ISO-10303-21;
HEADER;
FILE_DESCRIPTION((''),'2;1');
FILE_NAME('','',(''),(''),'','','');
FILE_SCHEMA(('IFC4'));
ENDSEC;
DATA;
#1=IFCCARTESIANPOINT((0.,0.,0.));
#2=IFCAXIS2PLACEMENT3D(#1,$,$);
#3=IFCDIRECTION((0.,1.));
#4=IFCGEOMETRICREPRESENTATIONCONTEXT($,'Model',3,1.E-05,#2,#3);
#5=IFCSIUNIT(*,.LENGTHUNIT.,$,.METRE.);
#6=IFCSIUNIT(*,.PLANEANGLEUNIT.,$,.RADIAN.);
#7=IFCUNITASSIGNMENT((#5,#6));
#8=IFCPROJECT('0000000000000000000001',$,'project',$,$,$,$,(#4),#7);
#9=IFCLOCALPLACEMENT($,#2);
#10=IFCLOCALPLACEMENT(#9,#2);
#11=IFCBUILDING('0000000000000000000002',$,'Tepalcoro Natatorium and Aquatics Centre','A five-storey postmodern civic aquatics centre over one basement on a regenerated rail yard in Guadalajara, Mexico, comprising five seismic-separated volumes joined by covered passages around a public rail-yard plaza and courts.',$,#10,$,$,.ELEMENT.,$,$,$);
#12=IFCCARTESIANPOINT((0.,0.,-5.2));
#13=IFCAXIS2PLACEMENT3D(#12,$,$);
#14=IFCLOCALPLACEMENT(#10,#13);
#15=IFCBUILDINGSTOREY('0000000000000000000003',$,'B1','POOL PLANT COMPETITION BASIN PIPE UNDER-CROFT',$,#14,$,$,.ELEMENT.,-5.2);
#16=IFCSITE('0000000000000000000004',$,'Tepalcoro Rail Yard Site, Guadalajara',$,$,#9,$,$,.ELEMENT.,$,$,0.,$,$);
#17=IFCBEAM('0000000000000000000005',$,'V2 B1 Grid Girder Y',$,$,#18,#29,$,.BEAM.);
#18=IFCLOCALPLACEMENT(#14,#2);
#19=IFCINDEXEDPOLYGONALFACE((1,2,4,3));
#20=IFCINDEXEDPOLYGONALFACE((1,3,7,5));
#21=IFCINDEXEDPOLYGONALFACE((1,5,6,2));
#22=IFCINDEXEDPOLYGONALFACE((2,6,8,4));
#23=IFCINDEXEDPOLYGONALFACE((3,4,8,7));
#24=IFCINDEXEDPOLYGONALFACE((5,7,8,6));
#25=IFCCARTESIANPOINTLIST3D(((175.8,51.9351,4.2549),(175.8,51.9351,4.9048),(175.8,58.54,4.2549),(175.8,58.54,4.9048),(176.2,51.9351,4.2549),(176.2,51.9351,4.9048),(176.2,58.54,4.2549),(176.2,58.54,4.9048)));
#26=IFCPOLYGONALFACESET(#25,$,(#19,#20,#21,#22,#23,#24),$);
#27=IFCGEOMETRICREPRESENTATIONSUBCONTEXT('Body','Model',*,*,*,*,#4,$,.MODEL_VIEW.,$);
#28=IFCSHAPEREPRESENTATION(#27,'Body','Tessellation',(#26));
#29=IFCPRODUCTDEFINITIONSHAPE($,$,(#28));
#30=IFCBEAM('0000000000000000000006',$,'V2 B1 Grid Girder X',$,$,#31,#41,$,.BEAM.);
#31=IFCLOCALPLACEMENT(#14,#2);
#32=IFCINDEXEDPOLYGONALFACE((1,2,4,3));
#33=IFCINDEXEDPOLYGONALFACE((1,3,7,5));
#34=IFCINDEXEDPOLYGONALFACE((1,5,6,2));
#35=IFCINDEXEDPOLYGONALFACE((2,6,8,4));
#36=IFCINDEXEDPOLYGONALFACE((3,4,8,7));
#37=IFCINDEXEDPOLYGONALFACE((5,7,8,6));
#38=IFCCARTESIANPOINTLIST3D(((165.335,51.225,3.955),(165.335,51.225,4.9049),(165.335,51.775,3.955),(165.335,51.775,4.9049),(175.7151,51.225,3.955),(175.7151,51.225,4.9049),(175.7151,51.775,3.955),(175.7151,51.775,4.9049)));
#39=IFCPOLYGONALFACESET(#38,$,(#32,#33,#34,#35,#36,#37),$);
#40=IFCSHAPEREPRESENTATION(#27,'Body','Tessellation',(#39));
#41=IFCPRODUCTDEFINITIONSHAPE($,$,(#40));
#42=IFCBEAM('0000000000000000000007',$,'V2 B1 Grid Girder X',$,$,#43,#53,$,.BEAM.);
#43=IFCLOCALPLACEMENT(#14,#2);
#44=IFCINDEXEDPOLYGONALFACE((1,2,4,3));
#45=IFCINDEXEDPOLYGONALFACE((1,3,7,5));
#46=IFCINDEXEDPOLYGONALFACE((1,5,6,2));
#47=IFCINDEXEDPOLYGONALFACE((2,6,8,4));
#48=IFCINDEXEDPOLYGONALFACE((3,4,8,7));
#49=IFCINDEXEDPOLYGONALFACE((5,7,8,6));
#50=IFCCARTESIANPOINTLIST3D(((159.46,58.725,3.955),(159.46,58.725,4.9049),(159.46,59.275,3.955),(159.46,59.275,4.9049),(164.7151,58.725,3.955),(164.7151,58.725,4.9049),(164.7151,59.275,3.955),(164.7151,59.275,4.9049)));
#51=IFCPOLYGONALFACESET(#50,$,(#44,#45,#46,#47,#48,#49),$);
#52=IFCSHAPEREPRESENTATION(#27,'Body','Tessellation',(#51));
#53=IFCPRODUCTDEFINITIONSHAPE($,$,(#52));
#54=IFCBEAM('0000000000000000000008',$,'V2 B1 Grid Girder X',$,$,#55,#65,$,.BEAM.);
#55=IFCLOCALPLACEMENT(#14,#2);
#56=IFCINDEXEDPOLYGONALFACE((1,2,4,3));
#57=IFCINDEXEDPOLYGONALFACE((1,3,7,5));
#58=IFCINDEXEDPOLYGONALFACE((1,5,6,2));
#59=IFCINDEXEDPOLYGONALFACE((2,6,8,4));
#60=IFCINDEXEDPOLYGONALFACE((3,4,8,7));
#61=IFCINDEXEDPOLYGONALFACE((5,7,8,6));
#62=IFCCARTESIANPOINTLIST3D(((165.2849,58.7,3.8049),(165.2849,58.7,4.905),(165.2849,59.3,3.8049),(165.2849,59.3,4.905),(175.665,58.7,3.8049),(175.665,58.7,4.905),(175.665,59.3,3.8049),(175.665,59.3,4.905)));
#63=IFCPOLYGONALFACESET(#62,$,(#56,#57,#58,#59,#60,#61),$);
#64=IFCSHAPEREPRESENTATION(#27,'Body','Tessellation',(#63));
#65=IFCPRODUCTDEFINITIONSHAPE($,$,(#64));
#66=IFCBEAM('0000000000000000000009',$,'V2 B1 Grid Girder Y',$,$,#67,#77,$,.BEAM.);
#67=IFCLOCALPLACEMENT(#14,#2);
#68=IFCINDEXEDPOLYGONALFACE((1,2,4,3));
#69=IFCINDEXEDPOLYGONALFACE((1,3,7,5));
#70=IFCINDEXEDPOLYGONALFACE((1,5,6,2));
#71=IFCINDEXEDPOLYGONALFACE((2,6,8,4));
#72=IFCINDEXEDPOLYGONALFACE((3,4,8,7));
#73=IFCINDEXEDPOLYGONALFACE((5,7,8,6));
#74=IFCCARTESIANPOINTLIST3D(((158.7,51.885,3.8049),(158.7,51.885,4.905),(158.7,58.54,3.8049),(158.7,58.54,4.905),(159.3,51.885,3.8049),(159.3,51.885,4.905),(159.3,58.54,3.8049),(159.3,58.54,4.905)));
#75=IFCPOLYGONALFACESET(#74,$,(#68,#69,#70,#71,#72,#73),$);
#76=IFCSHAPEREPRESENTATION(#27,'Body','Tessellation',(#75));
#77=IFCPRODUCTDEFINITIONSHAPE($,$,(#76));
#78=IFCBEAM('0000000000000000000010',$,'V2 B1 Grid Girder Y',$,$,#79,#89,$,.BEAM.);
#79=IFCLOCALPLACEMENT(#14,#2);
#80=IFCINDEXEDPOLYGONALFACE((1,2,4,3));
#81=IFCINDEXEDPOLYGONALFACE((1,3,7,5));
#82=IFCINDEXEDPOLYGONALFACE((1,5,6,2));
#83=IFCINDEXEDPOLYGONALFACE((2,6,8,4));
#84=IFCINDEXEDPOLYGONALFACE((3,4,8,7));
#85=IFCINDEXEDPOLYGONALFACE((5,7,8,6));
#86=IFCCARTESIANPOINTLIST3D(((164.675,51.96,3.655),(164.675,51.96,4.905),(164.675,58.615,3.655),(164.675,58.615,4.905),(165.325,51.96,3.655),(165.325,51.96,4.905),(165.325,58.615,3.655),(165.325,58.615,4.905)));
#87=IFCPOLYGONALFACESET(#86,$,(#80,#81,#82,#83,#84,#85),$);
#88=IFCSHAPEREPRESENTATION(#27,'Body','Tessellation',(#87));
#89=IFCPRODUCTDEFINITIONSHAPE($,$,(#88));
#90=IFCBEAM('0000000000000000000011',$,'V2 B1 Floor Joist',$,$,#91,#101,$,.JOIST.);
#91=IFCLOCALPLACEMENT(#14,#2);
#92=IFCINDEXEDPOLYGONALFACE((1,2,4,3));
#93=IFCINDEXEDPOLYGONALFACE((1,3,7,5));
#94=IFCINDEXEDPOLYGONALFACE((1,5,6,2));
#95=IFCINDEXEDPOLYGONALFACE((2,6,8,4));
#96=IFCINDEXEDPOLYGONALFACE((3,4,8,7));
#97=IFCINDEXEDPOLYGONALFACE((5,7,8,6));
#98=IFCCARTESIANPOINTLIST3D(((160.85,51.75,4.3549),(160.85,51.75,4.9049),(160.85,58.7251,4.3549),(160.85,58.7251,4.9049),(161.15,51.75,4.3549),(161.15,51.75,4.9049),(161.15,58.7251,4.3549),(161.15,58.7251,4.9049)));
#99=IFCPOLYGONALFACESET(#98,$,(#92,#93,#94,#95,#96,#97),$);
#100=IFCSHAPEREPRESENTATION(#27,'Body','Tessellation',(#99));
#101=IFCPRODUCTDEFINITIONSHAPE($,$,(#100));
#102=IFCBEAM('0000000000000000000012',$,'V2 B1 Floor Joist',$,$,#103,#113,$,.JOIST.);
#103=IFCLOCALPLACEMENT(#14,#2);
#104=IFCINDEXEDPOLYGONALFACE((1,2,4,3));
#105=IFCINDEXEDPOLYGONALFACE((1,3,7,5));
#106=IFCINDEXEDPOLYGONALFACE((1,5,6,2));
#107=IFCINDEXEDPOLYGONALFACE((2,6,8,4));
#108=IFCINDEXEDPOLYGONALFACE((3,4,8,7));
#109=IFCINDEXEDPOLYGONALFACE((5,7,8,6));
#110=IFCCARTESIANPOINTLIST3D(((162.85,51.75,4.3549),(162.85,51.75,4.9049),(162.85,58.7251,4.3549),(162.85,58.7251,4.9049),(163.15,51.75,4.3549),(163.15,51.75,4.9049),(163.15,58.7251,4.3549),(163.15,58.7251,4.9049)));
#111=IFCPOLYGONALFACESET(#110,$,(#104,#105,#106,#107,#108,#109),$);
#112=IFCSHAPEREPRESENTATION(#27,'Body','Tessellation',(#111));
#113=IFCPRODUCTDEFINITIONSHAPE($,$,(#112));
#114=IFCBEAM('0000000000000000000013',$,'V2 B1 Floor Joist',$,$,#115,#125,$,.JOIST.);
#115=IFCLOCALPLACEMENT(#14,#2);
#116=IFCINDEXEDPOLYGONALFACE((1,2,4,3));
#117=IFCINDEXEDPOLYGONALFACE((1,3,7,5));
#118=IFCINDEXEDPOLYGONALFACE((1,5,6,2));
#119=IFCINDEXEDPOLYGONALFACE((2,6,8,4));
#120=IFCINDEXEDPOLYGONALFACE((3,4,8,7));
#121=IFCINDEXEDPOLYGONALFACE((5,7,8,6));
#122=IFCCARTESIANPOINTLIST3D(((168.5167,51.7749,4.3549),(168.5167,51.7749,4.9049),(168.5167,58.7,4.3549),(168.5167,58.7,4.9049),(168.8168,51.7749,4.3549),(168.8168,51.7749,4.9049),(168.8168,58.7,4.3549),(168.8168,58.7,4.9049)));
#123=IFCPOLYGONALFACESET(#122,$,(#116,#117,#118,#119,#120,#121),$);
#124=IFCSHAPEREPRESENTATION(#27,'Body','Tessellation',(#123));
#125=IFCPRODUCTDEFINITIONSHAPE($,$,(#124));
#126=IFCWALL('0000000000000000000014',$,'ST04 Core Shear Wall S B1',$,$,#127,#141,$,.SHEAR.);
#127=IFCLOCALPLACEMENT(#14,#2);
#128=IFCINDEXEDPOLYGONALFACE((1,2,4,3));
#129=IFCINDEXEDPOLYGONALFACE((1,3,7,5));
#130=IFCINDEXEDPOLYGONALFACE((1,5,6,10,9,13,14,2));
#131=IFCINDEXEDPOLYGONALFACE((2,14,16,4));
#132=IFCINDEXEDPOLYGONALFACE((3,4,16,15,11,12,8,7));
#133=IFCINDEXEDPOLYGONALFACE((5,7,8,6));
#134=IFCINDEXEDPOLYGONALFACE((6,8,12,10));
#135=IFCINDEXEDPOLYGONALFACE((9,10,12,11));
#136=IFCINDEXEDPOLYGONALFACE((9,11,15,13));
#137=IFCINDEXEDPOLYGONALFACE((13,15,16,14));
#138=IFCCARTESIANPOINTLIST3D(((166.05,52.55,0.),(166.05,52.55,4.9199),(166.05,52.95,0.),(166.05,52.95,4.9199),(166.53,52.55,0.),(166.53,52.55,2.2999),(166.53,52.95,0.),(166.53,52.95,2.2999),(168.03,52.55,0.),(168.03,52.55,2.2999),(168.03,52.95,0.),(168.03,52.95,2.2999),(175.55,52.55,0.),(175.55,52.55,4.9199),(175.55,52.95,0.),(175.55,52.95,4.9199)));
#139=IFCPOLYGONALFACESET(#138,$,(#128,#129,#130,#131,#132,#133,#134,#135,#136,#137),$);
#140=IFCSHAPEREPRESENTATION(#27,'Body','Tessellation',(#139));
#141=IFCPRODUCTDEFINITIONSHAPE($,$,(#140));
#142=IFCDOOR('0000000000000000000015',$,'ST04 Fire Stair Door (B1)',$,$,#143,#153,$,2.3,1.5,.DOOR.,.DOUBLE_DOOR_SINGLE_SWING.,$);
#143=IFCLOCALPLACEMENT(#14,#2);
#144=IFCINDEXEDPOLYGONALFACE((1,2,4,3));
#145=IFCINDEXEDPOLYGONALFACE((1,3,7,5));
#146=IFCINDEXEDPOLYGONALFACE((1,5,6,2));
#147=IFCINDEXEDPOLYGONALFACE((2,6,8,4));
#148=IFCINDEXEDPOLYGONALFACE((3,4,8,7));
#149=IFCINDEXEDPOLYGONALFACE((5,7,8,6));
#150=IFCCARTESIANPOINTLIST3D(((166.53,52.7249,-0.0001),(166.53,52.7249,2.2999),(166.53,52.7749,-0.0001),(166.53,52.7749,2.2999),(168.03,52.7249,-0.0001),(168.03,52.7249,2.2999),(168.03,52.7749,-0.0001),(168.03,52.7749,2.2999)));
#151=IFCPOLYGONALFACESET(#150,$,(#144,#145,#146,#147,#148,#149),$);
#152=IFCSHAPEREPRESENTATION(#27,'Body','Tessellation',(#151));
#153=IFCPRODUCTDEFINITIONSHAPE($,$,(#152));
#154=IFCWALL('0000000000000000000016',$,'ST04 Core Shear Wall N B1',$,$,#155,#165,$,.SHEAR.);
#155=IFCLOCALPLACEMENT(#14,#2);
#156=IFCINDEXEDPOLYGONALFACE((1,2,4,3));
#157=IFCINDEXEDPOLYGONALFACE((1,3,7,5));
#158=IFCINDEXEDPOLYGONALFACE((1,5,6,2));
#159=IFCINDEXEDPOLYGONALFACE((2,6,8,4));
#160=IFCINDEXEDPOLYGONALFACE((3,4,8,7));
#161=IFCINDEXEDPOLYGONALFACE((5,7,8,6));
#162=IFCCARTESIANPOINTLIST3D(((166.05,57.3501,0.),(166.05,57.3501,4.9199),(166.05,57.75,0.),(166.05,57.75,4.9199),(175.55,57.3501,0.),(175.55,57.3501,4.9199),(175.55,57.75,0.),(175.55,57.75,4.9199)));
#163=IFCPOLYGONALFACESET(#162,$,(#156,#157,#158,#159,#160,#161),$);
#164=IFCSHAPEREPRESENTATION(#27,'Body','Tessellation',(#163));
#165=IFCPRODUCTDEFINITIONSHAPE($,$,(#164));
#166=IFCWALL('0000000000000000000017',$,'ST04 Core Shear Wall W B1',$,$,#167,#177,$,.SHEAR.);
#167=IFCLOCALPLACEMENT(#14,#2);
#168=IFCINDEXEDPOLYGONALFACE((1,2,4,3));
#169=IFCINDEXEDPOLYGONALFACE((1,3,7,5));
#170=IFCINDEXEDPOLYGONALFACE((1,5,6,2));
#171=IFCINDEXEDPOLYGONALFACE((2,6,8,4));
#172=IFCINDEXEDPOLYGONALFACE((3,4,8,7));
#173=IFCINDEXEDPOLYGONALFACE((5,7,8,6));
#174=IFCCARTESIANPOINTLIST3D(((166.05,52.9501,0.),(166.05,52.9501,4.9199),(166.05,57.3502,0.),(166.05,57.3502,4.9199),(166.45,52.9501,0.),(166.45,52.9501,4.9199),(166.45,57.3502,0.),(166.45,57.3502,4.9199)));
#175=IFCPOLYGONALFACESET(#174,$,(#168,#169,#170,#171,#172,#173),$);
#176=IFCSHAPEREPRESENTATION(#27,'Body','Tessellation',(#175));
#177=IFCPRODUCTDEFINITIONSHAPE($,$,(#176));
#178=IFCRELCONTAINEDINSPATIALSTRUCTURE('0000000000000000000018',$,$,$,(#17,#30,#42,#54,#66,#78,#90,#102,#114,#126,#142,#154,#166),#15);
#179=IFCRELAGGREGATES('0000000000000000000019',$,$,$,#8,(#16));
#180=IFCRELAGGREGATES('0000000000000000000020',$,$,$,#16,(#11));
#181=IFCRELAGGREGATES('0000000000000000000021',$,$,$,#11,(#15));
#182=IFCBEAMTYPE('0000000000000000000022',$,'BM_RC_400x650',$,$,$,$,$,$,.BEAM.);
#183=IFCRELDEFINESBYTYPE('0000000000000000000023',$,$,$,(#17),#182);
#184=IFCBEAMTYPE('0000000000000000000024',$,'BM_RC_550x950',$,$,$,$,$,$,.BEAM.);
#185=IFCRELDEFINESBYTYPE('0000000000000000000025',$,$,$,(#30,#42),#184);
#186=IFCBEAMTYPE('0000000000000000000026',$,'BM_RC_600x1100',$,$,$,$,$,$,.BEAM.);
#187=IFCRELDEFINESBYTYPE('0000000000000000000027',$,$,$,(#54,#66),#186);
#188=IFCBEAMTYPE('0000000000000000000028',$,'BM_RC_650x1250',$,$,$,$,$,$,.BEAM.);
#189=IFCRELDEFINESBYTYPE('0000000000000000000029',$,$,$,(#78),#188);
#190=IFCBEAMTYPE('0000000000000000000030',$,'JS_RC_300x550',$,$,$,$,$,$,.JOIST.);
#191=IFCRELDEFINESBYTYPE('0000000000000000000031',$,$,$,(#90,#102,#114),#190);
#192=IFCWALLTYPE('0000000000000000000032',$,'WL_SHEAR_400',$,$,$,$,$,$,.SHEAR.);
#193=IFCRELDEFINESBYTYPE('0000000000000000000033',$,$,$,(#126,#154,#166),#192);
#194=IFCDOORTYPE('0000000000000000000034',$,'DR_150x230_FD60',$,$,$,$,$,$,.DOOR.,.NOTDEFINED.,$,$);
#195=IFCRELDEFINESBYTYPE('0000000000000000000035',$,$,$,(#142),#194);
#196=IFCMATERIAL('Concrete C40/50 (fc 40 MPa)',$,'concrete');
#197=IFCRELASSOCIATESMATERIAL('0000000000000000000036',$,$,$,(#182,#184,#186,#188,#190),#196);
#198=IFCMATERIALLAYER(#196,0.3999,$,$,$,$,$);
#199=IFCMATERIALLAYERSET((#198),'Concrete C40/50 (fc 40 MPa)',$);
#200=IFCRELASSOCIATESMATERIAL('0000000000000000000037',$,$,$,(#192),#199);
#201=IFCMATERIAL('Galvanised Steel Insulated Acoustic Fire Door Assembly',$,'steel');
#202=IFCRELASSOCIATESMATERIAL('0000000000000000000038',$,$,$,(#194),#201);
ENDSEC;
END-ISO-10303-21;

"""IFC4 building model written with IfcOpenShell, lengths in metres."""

from ifc_helpers import new_model, si_unit, direction, frame, frame_2d, origin, origin_2d, place, context, subcontext, project, spatial, rectangle, extrude, material, layer, layer_set, material_profile, profile_set, type_object, element, fill, save


model = new_model("IFC4")

# Units and contexts
model_context = context("Model", 3, precision=1e-05, world=origin(), true_north=direction((0.0, 1.0)))
body_context = subcontext(model_context, "Body", "Model", "MODEL_VIEW")
ifc_project = project(units=[si_unit("LENGTHUNIT", "METRE"), si_unit("PLANEANGLEUNIT", "RADIAN")], contexts=[model_context])

# Site, building, storey
site_placement = place(None, origin())
site = spatial("IfcSite", under=ifc_project, at=site_placement, Name="Tepalcoro Rail Yard Site, Guadalajara", CompositionType="ELEMENT", RefElevation=0.0)
building_placement = place(site_placement, origin())
building = spatial("IfcBuilding", under=site, at=building_placement, Name="Tepalcoro Natatorium and Aquatics Centre", Description="A five-storey postmodern civic aquatics centre over one basement on a regenerated rail yard in Guadalajara, Mexico, comprising five seismic-separated volumes joined by covered passages around a public rail-yard plaza and courts.", CompositionType="ELEMENT")
storey_placement = place(building_placement, frame((0.0, 0.0, -5.2)))
storey = spatial("IfcBuildingStorey", under=building, at=storey_placement, Name="B1", Description="POOL PLANT COMPETITION BASIN PIPE UNDER-CROFT", CompositionType="ELEMENT", Elevation=-5.2)

# Shared definitions
ifc_material_1 = material(Name="Concrete C40/50 (fc 40 MPa)", Category="concrete")

# Beams
ifc_material_profile_1 = material_profile(ifc_material_1, rectangle(XDim=0.3999, YDim=0.6499, at=origin_2d()), Name="RCB400x650")
ifc_profile_set_1 = profile_set([ifc_material_profile_1], Name="Concrete C40/50 (fc 40 MPa)")
beam_type_1 = type_object("IfcBeamType", Name="BM_RC_400x650", PredefinedType="BEAM", material=ifc_profile_set_1)
beam_1_placement = place(storey_placement, frame((176.0, 51.9351, 4.5798), z_axis=(0.0, 1.0, 0.0), x_axis=(-1.0, 0.0, 0.0)))
element("IfcBeam", 1, at=beam_1_placement, inside=storey, type_object=beam_type_1, Name="V2 B1 Grid Girder Y", PredefinedType="BEAM", context=body_context, shape_type="SweptSolid", body=[
    extrude(rectangle(XDim=0.3999, YDim=0.6499, at=origin_2d()), origin(), (0.0, 0.0, 1.0), 6.605),
])
ifc_material_profile_2 = material_profile(ifc_material_1, rectangle(XDim=0.55, YDim=0.95, at=origin_2d()), Name="RCB550x950")
ifc_profile_set_2 = profile_set([ifc_material_profile_2], Name="Concrete C40/50 (fc 40 MPa)")
beam_type_2 = type_object("IfcBeamType", Name="BM_RC_550x950", PredefinedType="BEAM", material=ifc_profile_set_2)
beam_2_placement = place(storey_placement, frame((165.335, 51.5, 4.4299), z_axis=(1.0, 0.0, 0.0), x_axis=(0.0, 1.0, 0.0)))
element("IfcBeam", 2, at=beam_2_placement, inside=storey, type_object=beam_type_2, Name="V2 B1 Grid Girder X", PredefinedType="BEAM", context=body_context, shape_type="SweptSolid", body=[
    extrude(rectangle(XDim=0.55, YDim=0.95, at=origin_2d()), origin(), (0.0, 0.0, 1.0), 10.3801),
])
beam_3_placement = place(storey_placement, frame((159.46, 59.0, 4.4299), z_axis=(1.0, 0.0, 0.0), x_axis=(0.0, 1.0, 0.0)))
element("IfcBeam", 3, at=beam_3_placement, inside=storey, type_object=beam_type_2, Name="V2 B1 Grid Girder X", PredefinedType="BEAM", context=body_context, shape_type="SweptSolid", body=[
    extrude(rectangle(XDim=0.55, YDim=0.95, at=origin_2d()), origin(), (0.0, 0.0, 1.0), 5.2551),
])
ifc_material_profile_3 = material_profile(ifc_material_1, rectangle(XDim=0.6001, YDim=1.1001, at=origin_2d()), Name="RCB600x1100")
ifc_profile_set_3 = profile_set([ifc_material_profile_3], Name="Concrete C40/50 (fc 40 MPa)")
beam_type_3 = type_object("IfcBeamType", Name="BM_RC_600x1100", PredefinedType="BEAM", material=ifc_profile_set_3)
beam_4_placement = place(storey_placement, frame((165.2849, 59.0, 4.355), z_axis=(1.0, 0.0, 0.0), x_axis=(0.0, 1.0, 0.0)))
element("IfcBeam", 4, at=beam_4_placement, inside=storey, type_object=beam_type_3, Name="V2 B1 Grid Girder X", PredefinedType="BEAM", context=body_context, shape_type="SweptSolid", body=[
    extrude(rectangle(XDim=0.6001, YDim=1.1001, at=origin_2d()), origin(), (0.0, 0.0, 1.0), 10.3801),
])
beam_5_placement = place(storey_placement, frame((159.0, 51.885, 4.355), z_axis=(0.0, 1.0, 0.0), x_axis=(-1.0, 0.0, 0.0)))
element("IfcBeam", 5, at=beam_5_placement, inside=storey, type_object=beam_type_3, Name="V2 B1 Grid Girder Y", PredefinedType="BEAM", context=body_context, shape_type="SweptSolid", body=[
    extrude(rectangle(XDim=0.6001, YDim=1.1001, at=origin_2d()), origin(), (0.0, 0.0, 1.0), 6.655),
])
ifc_material_profile_4 = material_profile(ifc_material_1, rectangle(XDim=0.6499, YDim=1.25, at=origin_2d()), Name="RCB650x1250")
ifc_profile_set_4 = profile_set([ifc_material_profile_4], Name="Concrete C40/50 (fc 40 MPa)")
beam_type_4 = type_object("IfcBeamType", Name="BM_RC_650x1250", PredefinedType="BEAM", material=ifc_profile_set_4)
beam_6_placement = place(storey_placement, frame((165.0, 51.96, 4.28), z_axis=(0.0, 1.0, 0.0), x_axis=(-1.0, 0.0, 0.0)))
element("IfcBeam", 6, at=beam_6_placement, inside=storey, type_object=beam_type_4, Name="V2 B1 Grid Girder Y", PredefinedType="BEAM", context=body_context, shape_type="SweptSolid", body=[
    extrude(rectangle(XDim=0.6499, YDim=1.25, at=origin_2d()), origin(), (0.0, 0.0, 1.0), 6.655),
])
ifc_material_profile_5 = material_profile(ifc_material_1, rectangle(XDim=0.3, YDim=0.55, at=origin_2d()), Name="RCJ300x550")
ifc_profile_set_5 = profile_set([ifc_material_profile_5], Name="Concrete C40/50 (fc 40 MPa)")
beam_type_5 = type_object("IfcBeamType", Name="JS_RC_300x550", PredefinedType="JOIST", material=ifc_profile_set_5)
for number, where, z_axis, x_axis, name in (
    (7, (161.0, 51.75, 4.6299), (0.0, 1.0, 0.0), (-1.0, 0.0, 0.0), "V2 B1 Floor Joist"),
    (8, (163.0, 51.75, 4.6299), (0.0, 1.0, 0.0), (-1.0, 0.0, 0.0), "V2 B1 Floor Joist"),
):
    element("IfcBeam", number, at=place(storey_placement, frame(where, z_axis=z_axis, x_axis=x_axis)), inside=storey, type_object=beam_type_5, Name=name, PredefinedType="JOIST", context=body_context, shape_type="SweptSolid", body=[
        extrude(rectangle(XDim=0.3, YDim=0.55, at=origin_2d()), origin(), (0.0, 0.0, 1.0), 6.9751),
    ])
beam_7_placement = place(storey_placement, frame((168.6667, 51.7749, 4.6299), z_axis=(0.0, 1.0, 0.0), x_axis=(-1.0, 0.0, 0.0)))
element("IfcBeam", 9, at=beam_7_placement, inside=storey, type_object=beam_type_5, Name="V2 B1 Floor Joist", PredefinedType="JOIST", context=body_context, shape_type="SweptSolid", body=[
    extrude(rectangle(XDim=0.3, YDim=0.55, at=origin_2d()), origin(), (0.0, 0.0, 1.0), 6.925),
])

# Wall, opening, door
ifc_layer_1 = layer(ifc_material_1, 0.3999)
ifc_layer_set_1 = layer_set([ifc_layer_1], Name="Concrete C40/50 (fc 40 MPa)")
wall_type = type_object("IfcWallType", Name="WL_SHEAR_400", PredefinedType="SHEAR", material=ifc_layer_set_1)
wall_1_placement = place(storey_placement, frame((166.05, 52.75, 0.0), z_axis=(0.0, 0.0, 1.0), x_axis=(1.0, 0.0, 0.0)))
wall_1 = element("IfcWall", 10, at=wall_1_placement, inside=storey, type_object=wall_type, Name="ST04 Core Shear Wall S B1", PredefinedType="SHEAR", context=body_context, shape_type="SweptSolid", body=[
    extrude(rectangle(XDim=9.5, YDim=0.3999, at=frame_2d((4.75, 0.0))), origin(), (0.0, 0.0, 1.0), 4.9199),
])
opening_placement = place(wall_1_placement, frame((0.48, 0.0, 0.0)))
opening = element("IfcOpeningElement", 11, at=opening_placement, cuts=wall_1, PredefinedType="OPENING", context=body_context, shape_type="SweptSolid", body=[
    extrude(rectangle(XDim=1.5, YDim=2.3, at=frame_2d((0.75, 1.1499))), frame((0.0, 0.2119, 0.0), z_axis=(0.0, -1.0, 0.0), x_axis=(1.0, 0.0, 0.0)), (0.0, 0.0, 1.0), 0.4238),
])
ifc_material_2 = material(Name="Galvanised Steel Insulated Acoustic Fire Door Assembly", Category="steel")
door_type = type_object("IfcDoorType", Name="DR_150x230_FD60", OperationType="NOTDEFINED", PredefinedType="DOOR", material=ifc_material_2)
door_placement = place(opening_placement, origin())
door = element("IfcDoor", 12, at=door_placement, inside=storey, type_object=door_type, Name="ST04 Fire Stair Door (B1)", OperationType="DOUBLE_DOOR_SINGLE_SWING", OverallHeight=2.3, OverallWidth=1.5, PredefinedType="DOOR", context=body_context, shape_type="SweptSolid", body=[
    extrude(rectangle(XDim=1.5, YDim=2.3, at=frame_2d((0.75, 1.1499))), frame((0.0, 0.0249, 0.0), z_axis=(0.0, -1.0, 0.0), x_axis=(1.0, 0.0, 0.0)), (0.0, 0.0, 1.0), 0.05),
])
fill(opening, door)

# Walls
wall_2_placement = place(storey_placement, frame((166.05, 57.55, 0.0), z_axis=(0.0, 0.0, 1.0), x_axis=(1.0, 0.0, 0.0)))
element("IfcWall", 13, at=wall_2_placement, inside=storey, type_object=wall_type, Name="ST04 Core Shear Wall N B1", PredefinedType="SHEAR", context=body_context, shape_type="SweptSolid", body=[
    extrude(rectangle(XDim=9.5, YDim=0.3999, at=frame_2d((4.75, 0.0))), origin(), (0.0, 0.0, 1.0), 4.9199),
])
for number, where, z_axis, x_axis, name in (
    (14, (166.25, 52.95, 0.0), (0.0, 0.0, 1.0), (0.0, 1.0, 0.0), "ST04 Core Shear Wall W B1"),
):
    element("IfcWall", number, at=place(storey_placement, frame(where, z_axis=z_axis, x_axis=x_axis)), inside=storey, type_object=wall_type, Name=name, PredefinedType="SHEAR", context=body_context, shape_type="SweptSolid", body=[
        extrude(rectangle(XDim=4.4001, YDim=0.3999, at=frame_2d((2.2002, 0.0))), origin(), (0.0, 0.0, 1.0), 4.9199),
    ])

save(model, "model.ifc")
